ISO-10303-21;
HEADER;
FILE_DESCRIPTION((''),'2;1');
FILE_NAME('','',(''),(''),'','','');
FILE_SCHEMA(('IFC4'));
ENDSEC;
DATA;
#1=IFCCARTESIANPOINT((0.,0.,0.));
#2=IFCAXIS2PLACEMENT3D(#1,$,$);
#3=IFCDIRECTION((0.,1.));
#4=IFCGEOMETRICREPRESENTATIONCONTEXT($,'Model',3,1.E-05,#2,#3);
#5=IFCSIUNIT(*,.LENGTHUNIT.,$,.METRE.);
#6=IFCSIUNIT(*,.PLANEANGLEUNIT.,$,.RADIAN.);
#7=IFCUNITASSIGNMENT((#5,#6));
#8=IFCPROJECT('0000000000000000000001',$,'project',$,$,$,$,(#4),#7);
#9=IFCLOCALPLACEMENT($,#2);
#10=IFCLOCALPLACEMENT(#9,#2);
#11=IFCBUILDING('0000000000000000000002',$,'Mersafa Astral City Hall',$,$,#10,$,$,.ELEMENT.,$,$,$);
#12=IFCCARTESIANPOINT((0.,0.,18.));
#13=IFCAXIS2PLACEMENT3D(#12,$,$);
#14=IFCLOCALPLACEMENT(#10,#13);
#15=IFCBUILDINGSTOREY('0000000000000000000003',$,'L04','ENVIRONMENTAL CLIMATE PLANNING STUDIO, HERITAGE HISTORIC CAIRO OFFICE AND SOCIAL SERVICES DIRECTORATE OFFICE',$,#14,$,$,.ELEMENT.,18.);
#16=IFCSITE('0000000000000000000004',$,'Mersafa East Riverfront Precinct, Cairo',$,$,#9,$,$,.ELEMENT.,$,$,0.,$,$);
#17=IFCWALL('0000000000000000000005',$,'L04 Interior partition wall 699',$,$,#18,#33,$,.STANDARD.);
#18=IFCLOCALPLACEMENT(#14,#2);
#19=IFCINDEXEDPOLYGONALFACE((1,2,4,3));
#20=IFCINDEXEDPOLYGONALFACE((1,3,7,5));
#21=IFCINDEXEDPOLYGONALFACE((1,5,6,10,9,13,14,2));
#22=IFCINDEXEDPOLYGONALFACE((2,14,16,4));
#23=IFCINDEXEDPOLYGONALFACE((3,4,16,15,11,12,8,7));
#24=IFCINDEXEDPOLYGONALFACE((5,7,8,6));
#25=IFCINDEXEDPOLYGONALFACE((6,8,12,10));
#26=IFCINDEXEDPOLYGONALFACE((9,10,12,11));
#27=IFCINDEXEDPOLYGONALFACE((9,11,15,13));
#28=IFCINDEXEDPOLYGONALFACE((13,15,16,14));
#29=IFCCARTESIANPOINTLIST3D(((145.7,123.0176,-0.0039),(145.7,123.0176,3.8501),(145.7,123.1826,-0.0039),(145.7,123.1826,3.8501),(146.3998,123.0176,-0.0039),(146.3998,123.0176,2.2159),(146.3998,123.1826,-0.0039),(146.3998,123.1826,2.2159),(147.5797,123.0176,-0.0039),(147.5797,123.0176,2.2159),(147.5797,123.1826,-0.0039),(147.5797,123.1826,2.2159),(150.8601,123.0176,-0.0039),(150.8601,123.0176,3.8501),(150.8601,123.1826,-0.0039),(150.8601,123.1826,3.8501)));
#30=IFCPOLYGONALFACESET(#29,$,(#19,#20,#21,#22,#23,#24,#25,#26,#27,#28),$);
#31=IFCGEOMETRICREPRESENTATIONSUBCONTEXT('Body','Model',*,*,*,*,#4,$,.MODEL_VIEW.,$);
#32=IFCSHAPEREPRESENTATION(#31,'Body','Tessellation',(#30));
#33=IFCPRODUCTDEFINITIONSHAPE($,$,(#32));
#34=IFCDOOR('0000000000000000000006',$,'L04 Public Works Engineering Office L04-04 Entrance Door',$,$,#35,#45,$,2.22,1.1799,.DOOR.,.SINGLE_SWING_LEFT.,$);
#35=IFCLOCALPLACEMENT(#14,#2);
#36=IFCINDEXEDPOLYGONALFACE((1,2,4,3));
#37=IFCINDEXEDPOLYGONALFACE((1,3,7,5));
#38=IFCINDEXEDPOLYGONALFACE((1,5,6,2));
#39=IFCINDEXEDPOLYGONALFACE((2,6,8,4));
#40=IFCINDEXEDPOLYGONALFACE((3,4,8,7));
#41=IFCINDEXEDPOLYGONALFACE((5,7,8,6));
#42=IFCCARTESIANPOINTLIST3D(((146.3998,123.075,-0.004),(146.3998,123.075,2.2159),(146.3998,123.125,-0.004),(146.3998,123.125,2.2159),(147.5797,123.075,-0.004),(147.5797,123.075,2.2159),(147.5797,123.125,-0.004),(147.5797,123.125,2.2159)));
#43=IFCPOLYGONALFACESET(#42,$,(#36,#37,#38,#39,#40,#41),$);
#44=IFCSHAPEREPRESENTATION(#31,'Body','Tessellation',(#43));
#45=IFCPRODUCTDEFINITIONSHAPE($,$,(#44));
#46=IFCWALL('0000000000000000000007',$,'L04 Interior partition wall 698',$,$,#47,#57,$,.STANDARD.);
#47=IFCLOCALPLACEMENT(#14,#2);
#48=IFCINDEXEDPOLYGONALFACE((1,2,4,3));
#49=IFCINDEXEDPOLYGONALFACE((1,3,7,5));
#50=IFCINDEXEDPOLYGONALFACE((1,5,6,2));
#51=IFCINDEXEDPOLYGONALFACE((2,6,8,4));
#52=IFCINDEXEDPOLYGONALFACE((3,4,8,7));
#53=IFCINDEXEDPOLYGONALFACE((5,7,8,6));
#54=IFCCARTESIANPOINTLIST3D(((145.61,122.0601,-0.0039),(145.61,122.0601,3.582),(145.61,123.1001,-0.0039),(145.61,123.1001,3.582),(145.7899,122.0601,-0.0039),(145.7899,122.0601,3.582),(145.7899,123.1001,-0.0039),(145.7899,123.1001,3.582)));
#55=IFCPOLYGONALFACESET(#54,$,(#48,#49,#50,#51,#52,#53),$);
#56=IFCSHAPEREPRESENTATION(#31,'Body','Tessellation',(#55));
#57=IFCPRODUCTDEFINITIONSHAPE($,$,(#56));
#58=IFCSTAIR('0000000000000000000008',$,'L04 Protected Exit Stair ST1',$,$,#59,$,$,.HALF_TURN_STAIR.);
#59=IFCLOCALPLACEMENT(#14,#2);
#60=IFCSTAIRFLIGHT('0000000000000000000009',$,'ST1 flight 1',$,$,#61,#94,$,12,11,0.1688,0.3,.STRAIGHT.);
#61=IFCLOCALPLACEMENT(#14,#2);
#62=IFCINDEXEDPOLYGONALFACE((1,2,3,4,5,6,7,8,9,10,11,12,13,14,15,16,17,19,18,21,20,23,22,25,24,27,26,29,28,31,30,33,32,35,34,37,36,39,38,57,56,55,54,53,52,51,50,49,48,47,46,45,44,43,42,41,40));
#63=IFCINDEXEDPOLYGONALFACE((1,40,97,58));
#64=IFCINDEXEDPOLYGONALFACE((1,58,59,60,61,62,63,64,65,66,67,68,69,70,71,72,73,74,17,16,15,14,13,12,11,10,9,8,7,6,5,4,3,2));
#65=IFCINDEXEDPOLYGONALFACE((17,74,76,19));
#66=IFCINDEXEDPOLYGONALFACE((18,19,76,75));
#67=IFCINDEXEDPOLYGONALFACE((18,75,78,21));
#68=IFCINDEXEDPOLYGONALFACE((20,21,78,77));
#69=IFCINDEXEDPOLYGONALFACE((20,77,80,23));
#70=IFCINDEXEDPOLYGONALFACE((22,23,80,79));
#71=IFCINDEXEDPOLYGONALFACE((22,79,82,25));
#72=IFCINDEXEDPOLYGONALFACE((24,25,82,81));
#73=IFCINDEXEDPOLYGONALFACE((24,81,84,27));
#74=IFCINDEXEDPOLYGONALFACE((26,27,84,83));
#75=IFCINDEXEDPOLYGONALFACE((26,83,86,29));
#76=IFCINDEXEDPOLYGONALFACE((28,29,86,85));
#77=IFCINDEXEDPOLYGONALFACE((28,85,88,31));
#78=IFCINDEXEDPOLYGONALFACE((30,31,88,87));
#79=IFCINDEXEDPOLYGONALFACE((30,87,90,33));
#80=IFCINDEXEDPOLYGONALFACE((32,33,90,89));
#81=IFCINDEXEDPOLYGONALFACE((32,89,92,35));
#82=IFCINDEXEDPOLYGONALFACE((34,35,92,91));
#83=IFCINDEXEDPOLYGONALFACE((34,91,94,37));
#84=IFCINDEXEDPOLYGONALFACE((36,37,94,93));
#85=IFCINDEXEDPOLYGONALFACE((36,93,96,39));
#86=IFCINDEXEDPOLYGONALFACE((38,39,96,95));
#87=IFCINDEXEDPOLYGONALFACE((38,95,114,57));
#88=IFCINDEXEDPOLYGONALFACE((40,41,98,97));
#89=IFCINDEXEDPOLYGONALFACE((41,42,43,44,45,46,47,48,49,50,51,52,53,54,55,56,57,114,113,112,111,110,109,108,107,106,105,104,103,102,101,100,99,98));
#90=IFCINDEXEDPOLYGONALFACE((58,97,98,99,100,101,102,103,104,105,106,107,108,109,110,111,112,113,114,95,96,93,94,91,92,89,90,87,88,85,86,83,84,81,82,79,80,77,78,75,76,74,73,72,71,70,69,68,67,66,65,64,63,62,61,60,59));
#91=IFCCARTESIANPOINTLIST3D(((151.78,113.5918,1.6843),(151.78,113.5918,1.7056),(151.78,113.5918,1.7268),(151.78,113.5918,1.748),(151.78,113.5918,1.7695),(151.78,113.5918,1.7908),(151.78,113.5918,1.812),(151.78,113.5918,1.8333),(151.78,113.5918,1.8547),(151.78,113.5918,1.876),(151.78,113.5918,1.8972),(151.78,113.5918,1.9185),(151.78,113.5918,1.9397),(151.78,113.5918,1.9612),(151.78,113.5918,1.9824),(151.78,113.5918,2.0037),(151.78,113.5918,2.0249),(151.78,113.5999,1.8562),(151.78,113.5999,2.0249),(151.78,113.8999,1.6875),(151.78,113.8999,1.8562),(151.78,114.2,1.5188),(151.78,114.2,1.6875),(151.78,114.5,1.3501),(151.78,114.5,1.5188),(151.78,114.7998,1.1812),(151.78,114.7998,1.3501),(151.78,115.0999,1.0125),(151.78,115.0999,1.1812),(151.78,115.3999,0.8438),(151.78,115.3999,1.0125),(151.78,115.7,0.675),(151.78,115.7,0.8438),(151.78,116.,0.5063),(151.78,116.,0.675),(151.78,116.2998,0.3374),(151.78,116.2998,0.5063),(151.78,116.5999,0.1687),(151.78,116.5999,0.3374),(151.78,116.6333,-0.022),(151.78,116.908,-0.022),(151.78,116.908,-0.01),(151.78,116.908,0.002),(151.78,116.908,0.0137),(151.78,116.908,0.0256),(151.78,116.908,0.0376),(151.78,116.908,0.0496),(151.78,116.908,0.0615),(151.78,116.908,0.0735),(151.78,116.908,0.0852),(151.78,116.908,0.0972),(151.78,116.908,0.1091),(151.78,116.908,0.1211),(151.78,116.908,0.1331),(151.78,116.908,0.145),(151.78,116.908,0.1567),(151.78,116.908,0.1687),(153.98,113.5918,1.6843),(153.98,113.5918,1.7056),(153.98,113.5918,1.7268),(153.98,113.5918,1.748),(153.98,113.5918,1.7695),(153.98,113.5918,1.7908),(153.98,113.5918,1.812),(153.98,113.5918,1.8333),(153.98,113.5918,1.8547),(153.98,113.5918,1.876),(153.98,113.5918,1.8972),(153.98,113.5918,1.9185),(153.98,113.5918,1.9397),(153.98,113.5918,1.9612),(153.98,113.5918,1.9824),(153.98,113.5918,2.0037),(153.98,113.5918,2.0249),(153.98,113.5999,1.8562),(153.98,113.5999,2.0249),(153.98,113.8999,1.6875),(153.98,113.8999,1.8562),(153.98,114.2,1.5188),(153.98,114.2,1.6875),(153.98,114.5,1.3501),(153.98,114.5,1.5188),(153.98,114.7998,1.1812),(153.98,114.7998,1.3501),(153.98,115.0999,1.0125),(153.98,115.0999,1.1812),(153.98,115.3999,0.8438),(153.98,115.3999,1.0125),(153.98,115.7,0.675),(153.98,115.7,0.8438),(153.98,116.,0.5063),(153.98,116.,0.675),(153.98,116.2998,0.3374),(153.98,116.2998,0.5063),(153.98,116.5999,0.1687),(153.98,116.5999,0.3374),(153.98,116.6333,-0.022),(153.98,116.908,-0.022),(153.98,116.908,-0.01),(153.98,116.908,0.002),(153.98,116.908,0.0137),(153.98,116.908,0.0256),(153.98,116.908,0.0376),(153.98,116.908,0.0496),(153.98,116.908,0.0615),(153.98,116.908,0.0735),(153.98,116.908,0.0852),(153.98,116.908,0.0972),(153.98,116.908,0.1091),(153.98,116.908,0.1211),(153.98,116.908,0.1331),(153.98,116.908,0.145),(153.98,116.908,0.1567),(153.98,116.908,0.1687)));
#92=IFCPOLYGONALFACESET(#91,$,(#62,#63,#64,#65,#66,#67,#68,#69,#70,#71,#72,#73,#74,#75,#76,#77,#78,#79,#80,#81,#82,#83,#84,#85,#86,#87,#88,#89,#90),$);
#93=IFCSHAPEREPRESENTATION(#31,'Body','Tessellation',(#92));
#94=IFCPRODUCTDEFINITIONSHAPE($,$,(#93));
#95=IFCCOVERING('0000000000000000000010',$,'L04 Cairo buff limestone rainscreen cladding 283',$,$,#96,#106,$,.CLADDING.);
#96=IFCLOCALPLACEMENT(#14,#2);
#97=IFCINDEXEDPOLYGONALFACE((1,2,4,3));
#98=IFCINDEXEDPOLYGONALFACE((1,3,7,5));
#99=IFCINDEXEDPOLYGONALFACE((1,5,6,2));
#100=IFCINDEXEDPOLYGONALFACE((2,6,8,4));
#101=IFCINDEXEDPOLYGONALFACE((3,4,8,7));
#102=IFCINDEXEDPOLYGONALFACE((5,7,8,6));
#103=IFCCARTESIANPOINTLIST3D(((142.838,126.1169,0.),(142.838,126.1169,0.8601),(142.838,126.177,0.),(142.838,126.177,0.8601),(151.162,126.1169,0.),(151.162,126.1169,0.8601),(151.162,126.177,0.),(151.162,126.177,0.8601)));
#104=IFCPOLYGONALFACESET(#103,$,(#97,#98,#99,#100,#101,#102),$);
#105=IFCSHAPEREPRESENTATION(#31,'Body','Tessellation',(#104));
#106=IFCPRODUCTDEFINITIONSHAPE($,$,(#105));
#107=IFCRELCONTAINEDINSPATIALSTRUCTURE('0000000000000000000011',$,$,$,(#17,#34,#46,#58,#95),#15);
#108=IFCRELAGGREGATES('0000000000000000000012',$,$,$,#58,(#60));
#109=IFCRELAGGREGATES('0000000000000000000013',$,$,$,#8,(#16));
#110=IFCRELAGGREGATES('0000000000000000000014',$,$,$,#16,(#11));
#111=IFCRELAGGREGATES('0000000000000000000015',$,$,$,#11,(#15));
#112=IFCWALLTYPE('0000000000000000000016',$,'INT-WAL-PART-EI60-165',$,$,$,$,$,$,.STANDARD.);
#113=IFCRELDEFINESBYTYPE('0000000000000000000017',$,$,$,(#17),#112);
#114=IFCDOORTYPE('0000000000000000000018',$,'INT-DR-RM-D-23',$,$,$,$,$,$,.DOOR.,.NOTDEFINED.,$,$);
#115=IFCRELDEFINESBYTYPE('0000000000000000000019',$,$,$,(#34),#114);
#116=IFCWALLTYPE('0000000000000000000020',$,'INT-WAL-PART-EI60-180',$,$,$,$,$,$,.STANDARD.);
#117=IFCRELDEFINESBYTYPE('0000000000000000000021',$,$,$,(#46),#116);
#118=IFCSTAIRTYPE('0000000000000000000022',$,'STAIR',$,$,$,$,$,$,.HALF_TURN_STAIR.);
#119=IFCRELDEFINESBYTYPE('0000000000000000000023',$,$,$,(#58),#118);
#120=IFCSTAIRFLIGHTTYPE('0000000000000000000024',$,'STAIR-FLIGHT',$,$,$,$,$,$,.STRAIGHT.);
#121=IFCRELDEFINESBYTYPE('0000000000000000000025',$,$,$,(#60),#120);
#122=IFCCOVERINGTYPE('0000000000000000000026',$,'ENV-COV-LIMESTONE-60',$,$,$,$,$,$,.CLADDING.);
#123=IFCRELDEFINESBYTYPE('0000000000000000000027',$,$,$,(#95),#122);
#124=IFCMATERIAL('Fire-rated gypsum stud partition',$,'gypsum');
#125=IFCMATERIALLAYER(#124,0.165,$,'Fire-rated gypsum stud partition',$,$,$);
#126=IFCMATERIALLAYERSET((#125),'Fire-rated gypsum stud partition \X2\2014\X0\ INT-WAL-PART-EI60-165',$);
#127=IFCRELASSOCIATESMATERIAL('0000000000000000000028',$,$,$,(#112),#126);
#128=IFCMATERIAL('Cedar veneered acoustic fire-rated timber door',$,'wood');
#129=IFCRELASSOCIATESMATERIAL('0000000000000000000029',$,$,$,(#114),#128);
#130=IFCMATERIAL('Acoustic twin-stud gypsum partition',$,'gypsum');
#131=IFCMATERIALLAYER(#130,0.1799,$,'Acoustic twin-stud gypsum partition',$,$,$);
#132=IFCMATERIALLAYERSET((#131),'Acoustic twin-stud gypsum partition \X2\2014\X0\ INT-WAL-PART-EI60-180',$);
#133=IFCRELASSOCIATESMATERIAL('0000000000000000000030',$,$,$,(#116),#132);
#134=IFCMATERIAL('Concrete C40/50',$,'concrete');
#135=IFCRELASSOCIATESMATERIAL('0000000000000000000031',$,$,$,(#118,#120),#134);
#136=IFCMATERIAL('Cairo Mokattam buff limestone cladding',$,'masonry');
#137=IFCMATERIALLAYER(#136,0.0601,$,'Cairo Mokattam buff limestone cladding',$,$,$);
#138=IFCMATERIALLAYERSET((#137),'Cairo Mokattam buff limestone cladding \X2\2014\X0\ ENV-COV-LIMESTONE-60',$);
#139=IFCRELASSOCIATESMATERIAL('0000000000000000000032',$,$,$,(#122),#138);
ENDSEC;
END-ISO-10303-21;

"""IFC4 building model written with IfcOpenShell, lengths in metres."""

from ifc_helpers import new_model, si_unit, direction, frame, frame_2d, origin, origin_2d, place, context, subcontext, project, spatial, polyline, rectangle, outline, extrude, material, layer, layer_set, type_object, element, fill, aggregate, save


model = new_model("IFC4")

# Units and contexts
model_context = context("Model", 3, precision=1e-05, world=origin(), true_north=direction((0.0, 1.0)))
body_context = subcontext(model_context, "Body", "Model", "MODEL_VIEW")
ifc_project = project(units=[si_unit("LENGTHUNIT", "METRE"), si_unit("PLANEANGLEUNIT", "RADIAN")], contexts=[model_context])

# Site, building, storey
site_placement = place(None, origin())
site = spatial("IfcSite", under=ifc_project, at=site_placement, Name="Mersafa East Riverfront Precinct, Cairo", CompositionType="ELEMENT", RefElevation=0.0)
building_placement = place(site_placement, origin())
building = spatial("IfcBuilding", under=site, at=building_placement, Name="Mersafa Astral City Hall", CompositionType="ELEMENT")
storey_placement = place(building_placement, frame((0.0, 0.0, 18.0)))
storey = spatial("IfcBuildingStorey", under=building, at=storey_placement, Name="L04", Description="ENVIRONMENTAL CLIMATE PLANNING STUDIO, HERITAGE HISTORIC CAIRO OFFICE AND SOCIAL SERVICES DIRECTORATE OFFICE", CompositionType="ELEMENT", Elevation=18.0)

# Shared definitions
ifc_material_1 = material(Name="Concrete C40/50", Category="concrete")

# Wall, opening, door
ifc_material_2 = material(Name="Fire-rated gypsum stud partition", Category="gypsum")
ifc_layer_1 = layer(ifc_material_2, 0.165, Name="Fire-rated gypsum stud partition")
ifc_layer_set_1 = layer_set([ifc_layer_1], Name="Fire-rated gypsum stud partition — INT-WAL-PART-EI60-165")
wall_type_1 = type_object("IfcWallType", Name="INT-WAL-PART-EI60-165", PredefinedType="STANDARD", material=ifc_layer_set_1)
wall_1_placement = place(storey_placement, frame((145.7, 123.1001, -0.0039), z_axis=(0.0, 0.0, 1.0), x_axis=(1.0, 0.0, 0.0)))
wall_1 = element("IfcWall", 1, at=wall_1_placement, inside=storey, type_object=wall_type_1, Name="L04 Interior partition wall 699", PredefinedType="STANDARD", context=body_context, shape_type="SweptSolid", body=[
    extrude(rectangle(XDim=5.1602, YDim=0.165, at=frame_2d((2.5801, 0.0))), origin(), (0.0, 0.0, 1.0), 3.854),
])
opening_1_placement = place(wall_1_placement, frame((0.7, 0.0, 0.0)))
opening_1 = element("IfcOpeningElement", 2, at=opening_1_placement, cuts=wall_1, PredefinedType="OPENING", context=body_context, shape_type="SweptSolid", body=[
    extrude(rectangle(XDim=1.1799, YDim=2.22, at=frame_2d((0.5898, 1.1099))), frame((0.0, 0.0925, 0.0), z_axis=(0.0, -1.0, 0.0), x_axis=(1.0, 0.0, 0.0)), (0.0, 0.0, 1.0), 0.1851),
])
ifc_material_3 = material(Name="Cedar veneered acoustic fire-rated timber door", Category="wood")
door_type_1 = type_object("IfcDoorType", Name="INT-DR-RM-D-23", OperationType="NOTDEFINED", PredefinedType="DOOR", material=ifc_material_3)
door_1_placement = place(opening_1_placement, origin())
door_1 = element("IfcDoor", 3, at=door_1_placement, inside=storey, type_object=door_type_1, Name="L04 Public Works Engineering Office L04-04 Entrance Door", OperationType="SINGLE_SWING_LEFT", OverallHeight=2.22, OverallWidth=1.1799, PredefinedType="DOOR", context=body_context, shape_type="SweptSolid", body=[
    extrude(rectangle(XDim=1.1799, YDim=2.22, at=frame_2d((0.5898, 1.1099))), frame((0.0, 0.0249, 0.0), z_axis=(0.0, -1.0, 0.0), x_axis=(1.0, 0.0, 0.0)), (0.0, 0.0, 1.0), 0.05),
])
fill(opening_1, door_1)

# Wall
ifc_material_4 = material(Name="Acoustic twin-stud gypsum partition", Category="gypsum")
ifc_layer_2 = layer(ifc_material_4, 0.1799, Name="Acoustic twin-stud gypsum partition")
ifc_layer_set_2 = layer_set([ifc_layer_2], Name="Acoustic twin-stud gypsum partition — INT-WAL-PART-EI60-180")
wall_type_2 = type_object("IfcWallType", Name="INT-WAL-PART-EI60-180", PredefinedType="STANDARD", material=ifc_layer_set_2)
wall_2_placement = place(storey_placement, frame((145.7, 122.0601, -0.0039), z_axis=(0.0, 0.0, 1.0), x_axis=(0.0, 1.0, 0.0)))
element("IfcWall", 4, at=wall_2_placement, inside=storey, type_object=wall_type_2, Name="L04 Interior partition wall 698", PredefinedType="STANDARD", context=body_context, shape_type="SweptSolid", body=[
    extrude(rectangle(XDim=1.04, YDim=0.1799, at=frame_2d((0.52, 0.0))), origin(), (0.0, 0.0, 1.0), 3.5859),
])

# Stair, stair flight
stair_type = type_object("IfcStairType", Name="STAIR", PredefinedType="HALF_TURN_STAIR", material=ifc_material_1)
stair_placement = place(storey_placement, origin())
stair = element("IfcStair", 5, at=stair_placement, inside=storey, type_object=stair_type, Name="L04 Protected Exit Stair ST1", PredefinedType="HALF_TURN_STAIR")
stair_flight_type = type_object("IfcStairFlightType", Name="STAIR-FLIGHT", PredefinedType="STRAIGHT", material=ifc_material_1)
stair_flight_placement = place(storey_placement, frame((152.8799, 116.8999, 0.0), z_axis=(0.0, 0.0, 1.0), x_axis=(0.0, -1.0, 0.0)))
stair_flight = element("IfcStairFlight", 6, at=stair_flight_placement, type_object=stair_flight_type, Name="ST1 flight 1", NumberOfRisers=12, NumberOfTreads=11, PredefinedType="STRAIGHT", RiserHeight=0.1688, TreadLength=0.3, context=body_context, shape_type="SweptSolid", body=[
    extrude(outline(polyline([(-0.0081, -0.022), (-0.0081, -0.01), (-0.0081, 0.002), (-0.0081, 0.0137), (-0.0081, 0.0256), (-0.0081, 0.0376), (-0.0081, 0.0496), (-0.0081, 0.0615), (-0.0081, 0.0735), (-0.0081, 0.0852), (-0.0081, 0.0972), (-0.0081, 0.1091), (-0.0081, 0.1211), (-0.0081, 0.1331), (-0.0081, 0.145), (-0.0081, 0.1567), (-0.0081, 0.1687), (0.3, 0.1687), (0.3, 0.3374), (0.6001, 0.3374), (0.6001, 0.5063), (0.8999, 0.5063), (0.8999, 0.675), (1.2, 0.675), (1.2, 0.8438), (1.5, 0.8438), (1.5, 1.0125), (1.8, 1.0125), (1.8, 1.1812), (2.1001, 1.1812), (2.1001, 1.3501), (2.3999, 1.3501), (2.3999, 1.5188), (2.7, 1.5188), (2.7, 1.6875), (3.0, 1.6875), (3.0, 1.8562), (3.3, 1.8562), (3.3, 2.0249), (3.3081, 2.0249), (3.3081, 2.0037), (3.3081, 1.9824), (3.3081, 1.9612), (3.3081, 1.9397), (3.3081, 1.9185), (3.3081, 1.8972), (3.3081, 1.876), (3.3081, 1.8547), (3.3081, 1.8333), (3.3081, 1.812), (3.3081, 1.7908), (3.3081, 1.7695), (3.3081, 1.748), (3.3081, 1.7268), (3.3081, 1.7056), (3.3081, 1.6843), (0.2666, -0.022), (-0.0081, -0.022)])), frame((0.0, 1.1001, 0.0), z_axis=(0.0, -1.0, 0.0), x_axis=(1.0, 0.0, 0.0)), (0.0, 0.0, 1.0), 2.2),
])
aggregate(stair, [stair_flight])

# Covering
ifc_material_5 = material(Name="Cairo Mokattam buff limestone cladding", Category="masonry")
ifc_layer_3 = layer(ifc_material_5, 0.0601, Name="Cairo Mokattam buff limestone cladding")
ifc_layer_set_3 = layer_set([ifc_layer_3], Name="Cairo Mokattam buff limestone cladding — ENV-COV-LIMESTONE-60")
covering_type = type_object("IfcCoveringType", Name="ENV-COV-LIMESTONE-60", PredefinedType="CLADDING", material=ifc_layer_set_3)
covering_placement = place(storey_placement, frame((147.0, 126.147, 0.0), z_axis=(0.0, 0.0, 1.0), x_axis=(-1.0, 0.0, 0.0)))
element("IfcCovering", 7, at=covering_placement, inside=storey, type_object=covering_type, Name="L04 Cairo buff limestone rainscreen cladding 283", PredefinedType="CLADDING", context=body_context, shape_type="SweptSolid", body=[
    extrude(rectangle(XDim=8.324, YDim=0.0601, at=origin_2d()), origin(), (0.0, 0.0, 1.0), 0.8601),
])

save(model, "model.ifc")
